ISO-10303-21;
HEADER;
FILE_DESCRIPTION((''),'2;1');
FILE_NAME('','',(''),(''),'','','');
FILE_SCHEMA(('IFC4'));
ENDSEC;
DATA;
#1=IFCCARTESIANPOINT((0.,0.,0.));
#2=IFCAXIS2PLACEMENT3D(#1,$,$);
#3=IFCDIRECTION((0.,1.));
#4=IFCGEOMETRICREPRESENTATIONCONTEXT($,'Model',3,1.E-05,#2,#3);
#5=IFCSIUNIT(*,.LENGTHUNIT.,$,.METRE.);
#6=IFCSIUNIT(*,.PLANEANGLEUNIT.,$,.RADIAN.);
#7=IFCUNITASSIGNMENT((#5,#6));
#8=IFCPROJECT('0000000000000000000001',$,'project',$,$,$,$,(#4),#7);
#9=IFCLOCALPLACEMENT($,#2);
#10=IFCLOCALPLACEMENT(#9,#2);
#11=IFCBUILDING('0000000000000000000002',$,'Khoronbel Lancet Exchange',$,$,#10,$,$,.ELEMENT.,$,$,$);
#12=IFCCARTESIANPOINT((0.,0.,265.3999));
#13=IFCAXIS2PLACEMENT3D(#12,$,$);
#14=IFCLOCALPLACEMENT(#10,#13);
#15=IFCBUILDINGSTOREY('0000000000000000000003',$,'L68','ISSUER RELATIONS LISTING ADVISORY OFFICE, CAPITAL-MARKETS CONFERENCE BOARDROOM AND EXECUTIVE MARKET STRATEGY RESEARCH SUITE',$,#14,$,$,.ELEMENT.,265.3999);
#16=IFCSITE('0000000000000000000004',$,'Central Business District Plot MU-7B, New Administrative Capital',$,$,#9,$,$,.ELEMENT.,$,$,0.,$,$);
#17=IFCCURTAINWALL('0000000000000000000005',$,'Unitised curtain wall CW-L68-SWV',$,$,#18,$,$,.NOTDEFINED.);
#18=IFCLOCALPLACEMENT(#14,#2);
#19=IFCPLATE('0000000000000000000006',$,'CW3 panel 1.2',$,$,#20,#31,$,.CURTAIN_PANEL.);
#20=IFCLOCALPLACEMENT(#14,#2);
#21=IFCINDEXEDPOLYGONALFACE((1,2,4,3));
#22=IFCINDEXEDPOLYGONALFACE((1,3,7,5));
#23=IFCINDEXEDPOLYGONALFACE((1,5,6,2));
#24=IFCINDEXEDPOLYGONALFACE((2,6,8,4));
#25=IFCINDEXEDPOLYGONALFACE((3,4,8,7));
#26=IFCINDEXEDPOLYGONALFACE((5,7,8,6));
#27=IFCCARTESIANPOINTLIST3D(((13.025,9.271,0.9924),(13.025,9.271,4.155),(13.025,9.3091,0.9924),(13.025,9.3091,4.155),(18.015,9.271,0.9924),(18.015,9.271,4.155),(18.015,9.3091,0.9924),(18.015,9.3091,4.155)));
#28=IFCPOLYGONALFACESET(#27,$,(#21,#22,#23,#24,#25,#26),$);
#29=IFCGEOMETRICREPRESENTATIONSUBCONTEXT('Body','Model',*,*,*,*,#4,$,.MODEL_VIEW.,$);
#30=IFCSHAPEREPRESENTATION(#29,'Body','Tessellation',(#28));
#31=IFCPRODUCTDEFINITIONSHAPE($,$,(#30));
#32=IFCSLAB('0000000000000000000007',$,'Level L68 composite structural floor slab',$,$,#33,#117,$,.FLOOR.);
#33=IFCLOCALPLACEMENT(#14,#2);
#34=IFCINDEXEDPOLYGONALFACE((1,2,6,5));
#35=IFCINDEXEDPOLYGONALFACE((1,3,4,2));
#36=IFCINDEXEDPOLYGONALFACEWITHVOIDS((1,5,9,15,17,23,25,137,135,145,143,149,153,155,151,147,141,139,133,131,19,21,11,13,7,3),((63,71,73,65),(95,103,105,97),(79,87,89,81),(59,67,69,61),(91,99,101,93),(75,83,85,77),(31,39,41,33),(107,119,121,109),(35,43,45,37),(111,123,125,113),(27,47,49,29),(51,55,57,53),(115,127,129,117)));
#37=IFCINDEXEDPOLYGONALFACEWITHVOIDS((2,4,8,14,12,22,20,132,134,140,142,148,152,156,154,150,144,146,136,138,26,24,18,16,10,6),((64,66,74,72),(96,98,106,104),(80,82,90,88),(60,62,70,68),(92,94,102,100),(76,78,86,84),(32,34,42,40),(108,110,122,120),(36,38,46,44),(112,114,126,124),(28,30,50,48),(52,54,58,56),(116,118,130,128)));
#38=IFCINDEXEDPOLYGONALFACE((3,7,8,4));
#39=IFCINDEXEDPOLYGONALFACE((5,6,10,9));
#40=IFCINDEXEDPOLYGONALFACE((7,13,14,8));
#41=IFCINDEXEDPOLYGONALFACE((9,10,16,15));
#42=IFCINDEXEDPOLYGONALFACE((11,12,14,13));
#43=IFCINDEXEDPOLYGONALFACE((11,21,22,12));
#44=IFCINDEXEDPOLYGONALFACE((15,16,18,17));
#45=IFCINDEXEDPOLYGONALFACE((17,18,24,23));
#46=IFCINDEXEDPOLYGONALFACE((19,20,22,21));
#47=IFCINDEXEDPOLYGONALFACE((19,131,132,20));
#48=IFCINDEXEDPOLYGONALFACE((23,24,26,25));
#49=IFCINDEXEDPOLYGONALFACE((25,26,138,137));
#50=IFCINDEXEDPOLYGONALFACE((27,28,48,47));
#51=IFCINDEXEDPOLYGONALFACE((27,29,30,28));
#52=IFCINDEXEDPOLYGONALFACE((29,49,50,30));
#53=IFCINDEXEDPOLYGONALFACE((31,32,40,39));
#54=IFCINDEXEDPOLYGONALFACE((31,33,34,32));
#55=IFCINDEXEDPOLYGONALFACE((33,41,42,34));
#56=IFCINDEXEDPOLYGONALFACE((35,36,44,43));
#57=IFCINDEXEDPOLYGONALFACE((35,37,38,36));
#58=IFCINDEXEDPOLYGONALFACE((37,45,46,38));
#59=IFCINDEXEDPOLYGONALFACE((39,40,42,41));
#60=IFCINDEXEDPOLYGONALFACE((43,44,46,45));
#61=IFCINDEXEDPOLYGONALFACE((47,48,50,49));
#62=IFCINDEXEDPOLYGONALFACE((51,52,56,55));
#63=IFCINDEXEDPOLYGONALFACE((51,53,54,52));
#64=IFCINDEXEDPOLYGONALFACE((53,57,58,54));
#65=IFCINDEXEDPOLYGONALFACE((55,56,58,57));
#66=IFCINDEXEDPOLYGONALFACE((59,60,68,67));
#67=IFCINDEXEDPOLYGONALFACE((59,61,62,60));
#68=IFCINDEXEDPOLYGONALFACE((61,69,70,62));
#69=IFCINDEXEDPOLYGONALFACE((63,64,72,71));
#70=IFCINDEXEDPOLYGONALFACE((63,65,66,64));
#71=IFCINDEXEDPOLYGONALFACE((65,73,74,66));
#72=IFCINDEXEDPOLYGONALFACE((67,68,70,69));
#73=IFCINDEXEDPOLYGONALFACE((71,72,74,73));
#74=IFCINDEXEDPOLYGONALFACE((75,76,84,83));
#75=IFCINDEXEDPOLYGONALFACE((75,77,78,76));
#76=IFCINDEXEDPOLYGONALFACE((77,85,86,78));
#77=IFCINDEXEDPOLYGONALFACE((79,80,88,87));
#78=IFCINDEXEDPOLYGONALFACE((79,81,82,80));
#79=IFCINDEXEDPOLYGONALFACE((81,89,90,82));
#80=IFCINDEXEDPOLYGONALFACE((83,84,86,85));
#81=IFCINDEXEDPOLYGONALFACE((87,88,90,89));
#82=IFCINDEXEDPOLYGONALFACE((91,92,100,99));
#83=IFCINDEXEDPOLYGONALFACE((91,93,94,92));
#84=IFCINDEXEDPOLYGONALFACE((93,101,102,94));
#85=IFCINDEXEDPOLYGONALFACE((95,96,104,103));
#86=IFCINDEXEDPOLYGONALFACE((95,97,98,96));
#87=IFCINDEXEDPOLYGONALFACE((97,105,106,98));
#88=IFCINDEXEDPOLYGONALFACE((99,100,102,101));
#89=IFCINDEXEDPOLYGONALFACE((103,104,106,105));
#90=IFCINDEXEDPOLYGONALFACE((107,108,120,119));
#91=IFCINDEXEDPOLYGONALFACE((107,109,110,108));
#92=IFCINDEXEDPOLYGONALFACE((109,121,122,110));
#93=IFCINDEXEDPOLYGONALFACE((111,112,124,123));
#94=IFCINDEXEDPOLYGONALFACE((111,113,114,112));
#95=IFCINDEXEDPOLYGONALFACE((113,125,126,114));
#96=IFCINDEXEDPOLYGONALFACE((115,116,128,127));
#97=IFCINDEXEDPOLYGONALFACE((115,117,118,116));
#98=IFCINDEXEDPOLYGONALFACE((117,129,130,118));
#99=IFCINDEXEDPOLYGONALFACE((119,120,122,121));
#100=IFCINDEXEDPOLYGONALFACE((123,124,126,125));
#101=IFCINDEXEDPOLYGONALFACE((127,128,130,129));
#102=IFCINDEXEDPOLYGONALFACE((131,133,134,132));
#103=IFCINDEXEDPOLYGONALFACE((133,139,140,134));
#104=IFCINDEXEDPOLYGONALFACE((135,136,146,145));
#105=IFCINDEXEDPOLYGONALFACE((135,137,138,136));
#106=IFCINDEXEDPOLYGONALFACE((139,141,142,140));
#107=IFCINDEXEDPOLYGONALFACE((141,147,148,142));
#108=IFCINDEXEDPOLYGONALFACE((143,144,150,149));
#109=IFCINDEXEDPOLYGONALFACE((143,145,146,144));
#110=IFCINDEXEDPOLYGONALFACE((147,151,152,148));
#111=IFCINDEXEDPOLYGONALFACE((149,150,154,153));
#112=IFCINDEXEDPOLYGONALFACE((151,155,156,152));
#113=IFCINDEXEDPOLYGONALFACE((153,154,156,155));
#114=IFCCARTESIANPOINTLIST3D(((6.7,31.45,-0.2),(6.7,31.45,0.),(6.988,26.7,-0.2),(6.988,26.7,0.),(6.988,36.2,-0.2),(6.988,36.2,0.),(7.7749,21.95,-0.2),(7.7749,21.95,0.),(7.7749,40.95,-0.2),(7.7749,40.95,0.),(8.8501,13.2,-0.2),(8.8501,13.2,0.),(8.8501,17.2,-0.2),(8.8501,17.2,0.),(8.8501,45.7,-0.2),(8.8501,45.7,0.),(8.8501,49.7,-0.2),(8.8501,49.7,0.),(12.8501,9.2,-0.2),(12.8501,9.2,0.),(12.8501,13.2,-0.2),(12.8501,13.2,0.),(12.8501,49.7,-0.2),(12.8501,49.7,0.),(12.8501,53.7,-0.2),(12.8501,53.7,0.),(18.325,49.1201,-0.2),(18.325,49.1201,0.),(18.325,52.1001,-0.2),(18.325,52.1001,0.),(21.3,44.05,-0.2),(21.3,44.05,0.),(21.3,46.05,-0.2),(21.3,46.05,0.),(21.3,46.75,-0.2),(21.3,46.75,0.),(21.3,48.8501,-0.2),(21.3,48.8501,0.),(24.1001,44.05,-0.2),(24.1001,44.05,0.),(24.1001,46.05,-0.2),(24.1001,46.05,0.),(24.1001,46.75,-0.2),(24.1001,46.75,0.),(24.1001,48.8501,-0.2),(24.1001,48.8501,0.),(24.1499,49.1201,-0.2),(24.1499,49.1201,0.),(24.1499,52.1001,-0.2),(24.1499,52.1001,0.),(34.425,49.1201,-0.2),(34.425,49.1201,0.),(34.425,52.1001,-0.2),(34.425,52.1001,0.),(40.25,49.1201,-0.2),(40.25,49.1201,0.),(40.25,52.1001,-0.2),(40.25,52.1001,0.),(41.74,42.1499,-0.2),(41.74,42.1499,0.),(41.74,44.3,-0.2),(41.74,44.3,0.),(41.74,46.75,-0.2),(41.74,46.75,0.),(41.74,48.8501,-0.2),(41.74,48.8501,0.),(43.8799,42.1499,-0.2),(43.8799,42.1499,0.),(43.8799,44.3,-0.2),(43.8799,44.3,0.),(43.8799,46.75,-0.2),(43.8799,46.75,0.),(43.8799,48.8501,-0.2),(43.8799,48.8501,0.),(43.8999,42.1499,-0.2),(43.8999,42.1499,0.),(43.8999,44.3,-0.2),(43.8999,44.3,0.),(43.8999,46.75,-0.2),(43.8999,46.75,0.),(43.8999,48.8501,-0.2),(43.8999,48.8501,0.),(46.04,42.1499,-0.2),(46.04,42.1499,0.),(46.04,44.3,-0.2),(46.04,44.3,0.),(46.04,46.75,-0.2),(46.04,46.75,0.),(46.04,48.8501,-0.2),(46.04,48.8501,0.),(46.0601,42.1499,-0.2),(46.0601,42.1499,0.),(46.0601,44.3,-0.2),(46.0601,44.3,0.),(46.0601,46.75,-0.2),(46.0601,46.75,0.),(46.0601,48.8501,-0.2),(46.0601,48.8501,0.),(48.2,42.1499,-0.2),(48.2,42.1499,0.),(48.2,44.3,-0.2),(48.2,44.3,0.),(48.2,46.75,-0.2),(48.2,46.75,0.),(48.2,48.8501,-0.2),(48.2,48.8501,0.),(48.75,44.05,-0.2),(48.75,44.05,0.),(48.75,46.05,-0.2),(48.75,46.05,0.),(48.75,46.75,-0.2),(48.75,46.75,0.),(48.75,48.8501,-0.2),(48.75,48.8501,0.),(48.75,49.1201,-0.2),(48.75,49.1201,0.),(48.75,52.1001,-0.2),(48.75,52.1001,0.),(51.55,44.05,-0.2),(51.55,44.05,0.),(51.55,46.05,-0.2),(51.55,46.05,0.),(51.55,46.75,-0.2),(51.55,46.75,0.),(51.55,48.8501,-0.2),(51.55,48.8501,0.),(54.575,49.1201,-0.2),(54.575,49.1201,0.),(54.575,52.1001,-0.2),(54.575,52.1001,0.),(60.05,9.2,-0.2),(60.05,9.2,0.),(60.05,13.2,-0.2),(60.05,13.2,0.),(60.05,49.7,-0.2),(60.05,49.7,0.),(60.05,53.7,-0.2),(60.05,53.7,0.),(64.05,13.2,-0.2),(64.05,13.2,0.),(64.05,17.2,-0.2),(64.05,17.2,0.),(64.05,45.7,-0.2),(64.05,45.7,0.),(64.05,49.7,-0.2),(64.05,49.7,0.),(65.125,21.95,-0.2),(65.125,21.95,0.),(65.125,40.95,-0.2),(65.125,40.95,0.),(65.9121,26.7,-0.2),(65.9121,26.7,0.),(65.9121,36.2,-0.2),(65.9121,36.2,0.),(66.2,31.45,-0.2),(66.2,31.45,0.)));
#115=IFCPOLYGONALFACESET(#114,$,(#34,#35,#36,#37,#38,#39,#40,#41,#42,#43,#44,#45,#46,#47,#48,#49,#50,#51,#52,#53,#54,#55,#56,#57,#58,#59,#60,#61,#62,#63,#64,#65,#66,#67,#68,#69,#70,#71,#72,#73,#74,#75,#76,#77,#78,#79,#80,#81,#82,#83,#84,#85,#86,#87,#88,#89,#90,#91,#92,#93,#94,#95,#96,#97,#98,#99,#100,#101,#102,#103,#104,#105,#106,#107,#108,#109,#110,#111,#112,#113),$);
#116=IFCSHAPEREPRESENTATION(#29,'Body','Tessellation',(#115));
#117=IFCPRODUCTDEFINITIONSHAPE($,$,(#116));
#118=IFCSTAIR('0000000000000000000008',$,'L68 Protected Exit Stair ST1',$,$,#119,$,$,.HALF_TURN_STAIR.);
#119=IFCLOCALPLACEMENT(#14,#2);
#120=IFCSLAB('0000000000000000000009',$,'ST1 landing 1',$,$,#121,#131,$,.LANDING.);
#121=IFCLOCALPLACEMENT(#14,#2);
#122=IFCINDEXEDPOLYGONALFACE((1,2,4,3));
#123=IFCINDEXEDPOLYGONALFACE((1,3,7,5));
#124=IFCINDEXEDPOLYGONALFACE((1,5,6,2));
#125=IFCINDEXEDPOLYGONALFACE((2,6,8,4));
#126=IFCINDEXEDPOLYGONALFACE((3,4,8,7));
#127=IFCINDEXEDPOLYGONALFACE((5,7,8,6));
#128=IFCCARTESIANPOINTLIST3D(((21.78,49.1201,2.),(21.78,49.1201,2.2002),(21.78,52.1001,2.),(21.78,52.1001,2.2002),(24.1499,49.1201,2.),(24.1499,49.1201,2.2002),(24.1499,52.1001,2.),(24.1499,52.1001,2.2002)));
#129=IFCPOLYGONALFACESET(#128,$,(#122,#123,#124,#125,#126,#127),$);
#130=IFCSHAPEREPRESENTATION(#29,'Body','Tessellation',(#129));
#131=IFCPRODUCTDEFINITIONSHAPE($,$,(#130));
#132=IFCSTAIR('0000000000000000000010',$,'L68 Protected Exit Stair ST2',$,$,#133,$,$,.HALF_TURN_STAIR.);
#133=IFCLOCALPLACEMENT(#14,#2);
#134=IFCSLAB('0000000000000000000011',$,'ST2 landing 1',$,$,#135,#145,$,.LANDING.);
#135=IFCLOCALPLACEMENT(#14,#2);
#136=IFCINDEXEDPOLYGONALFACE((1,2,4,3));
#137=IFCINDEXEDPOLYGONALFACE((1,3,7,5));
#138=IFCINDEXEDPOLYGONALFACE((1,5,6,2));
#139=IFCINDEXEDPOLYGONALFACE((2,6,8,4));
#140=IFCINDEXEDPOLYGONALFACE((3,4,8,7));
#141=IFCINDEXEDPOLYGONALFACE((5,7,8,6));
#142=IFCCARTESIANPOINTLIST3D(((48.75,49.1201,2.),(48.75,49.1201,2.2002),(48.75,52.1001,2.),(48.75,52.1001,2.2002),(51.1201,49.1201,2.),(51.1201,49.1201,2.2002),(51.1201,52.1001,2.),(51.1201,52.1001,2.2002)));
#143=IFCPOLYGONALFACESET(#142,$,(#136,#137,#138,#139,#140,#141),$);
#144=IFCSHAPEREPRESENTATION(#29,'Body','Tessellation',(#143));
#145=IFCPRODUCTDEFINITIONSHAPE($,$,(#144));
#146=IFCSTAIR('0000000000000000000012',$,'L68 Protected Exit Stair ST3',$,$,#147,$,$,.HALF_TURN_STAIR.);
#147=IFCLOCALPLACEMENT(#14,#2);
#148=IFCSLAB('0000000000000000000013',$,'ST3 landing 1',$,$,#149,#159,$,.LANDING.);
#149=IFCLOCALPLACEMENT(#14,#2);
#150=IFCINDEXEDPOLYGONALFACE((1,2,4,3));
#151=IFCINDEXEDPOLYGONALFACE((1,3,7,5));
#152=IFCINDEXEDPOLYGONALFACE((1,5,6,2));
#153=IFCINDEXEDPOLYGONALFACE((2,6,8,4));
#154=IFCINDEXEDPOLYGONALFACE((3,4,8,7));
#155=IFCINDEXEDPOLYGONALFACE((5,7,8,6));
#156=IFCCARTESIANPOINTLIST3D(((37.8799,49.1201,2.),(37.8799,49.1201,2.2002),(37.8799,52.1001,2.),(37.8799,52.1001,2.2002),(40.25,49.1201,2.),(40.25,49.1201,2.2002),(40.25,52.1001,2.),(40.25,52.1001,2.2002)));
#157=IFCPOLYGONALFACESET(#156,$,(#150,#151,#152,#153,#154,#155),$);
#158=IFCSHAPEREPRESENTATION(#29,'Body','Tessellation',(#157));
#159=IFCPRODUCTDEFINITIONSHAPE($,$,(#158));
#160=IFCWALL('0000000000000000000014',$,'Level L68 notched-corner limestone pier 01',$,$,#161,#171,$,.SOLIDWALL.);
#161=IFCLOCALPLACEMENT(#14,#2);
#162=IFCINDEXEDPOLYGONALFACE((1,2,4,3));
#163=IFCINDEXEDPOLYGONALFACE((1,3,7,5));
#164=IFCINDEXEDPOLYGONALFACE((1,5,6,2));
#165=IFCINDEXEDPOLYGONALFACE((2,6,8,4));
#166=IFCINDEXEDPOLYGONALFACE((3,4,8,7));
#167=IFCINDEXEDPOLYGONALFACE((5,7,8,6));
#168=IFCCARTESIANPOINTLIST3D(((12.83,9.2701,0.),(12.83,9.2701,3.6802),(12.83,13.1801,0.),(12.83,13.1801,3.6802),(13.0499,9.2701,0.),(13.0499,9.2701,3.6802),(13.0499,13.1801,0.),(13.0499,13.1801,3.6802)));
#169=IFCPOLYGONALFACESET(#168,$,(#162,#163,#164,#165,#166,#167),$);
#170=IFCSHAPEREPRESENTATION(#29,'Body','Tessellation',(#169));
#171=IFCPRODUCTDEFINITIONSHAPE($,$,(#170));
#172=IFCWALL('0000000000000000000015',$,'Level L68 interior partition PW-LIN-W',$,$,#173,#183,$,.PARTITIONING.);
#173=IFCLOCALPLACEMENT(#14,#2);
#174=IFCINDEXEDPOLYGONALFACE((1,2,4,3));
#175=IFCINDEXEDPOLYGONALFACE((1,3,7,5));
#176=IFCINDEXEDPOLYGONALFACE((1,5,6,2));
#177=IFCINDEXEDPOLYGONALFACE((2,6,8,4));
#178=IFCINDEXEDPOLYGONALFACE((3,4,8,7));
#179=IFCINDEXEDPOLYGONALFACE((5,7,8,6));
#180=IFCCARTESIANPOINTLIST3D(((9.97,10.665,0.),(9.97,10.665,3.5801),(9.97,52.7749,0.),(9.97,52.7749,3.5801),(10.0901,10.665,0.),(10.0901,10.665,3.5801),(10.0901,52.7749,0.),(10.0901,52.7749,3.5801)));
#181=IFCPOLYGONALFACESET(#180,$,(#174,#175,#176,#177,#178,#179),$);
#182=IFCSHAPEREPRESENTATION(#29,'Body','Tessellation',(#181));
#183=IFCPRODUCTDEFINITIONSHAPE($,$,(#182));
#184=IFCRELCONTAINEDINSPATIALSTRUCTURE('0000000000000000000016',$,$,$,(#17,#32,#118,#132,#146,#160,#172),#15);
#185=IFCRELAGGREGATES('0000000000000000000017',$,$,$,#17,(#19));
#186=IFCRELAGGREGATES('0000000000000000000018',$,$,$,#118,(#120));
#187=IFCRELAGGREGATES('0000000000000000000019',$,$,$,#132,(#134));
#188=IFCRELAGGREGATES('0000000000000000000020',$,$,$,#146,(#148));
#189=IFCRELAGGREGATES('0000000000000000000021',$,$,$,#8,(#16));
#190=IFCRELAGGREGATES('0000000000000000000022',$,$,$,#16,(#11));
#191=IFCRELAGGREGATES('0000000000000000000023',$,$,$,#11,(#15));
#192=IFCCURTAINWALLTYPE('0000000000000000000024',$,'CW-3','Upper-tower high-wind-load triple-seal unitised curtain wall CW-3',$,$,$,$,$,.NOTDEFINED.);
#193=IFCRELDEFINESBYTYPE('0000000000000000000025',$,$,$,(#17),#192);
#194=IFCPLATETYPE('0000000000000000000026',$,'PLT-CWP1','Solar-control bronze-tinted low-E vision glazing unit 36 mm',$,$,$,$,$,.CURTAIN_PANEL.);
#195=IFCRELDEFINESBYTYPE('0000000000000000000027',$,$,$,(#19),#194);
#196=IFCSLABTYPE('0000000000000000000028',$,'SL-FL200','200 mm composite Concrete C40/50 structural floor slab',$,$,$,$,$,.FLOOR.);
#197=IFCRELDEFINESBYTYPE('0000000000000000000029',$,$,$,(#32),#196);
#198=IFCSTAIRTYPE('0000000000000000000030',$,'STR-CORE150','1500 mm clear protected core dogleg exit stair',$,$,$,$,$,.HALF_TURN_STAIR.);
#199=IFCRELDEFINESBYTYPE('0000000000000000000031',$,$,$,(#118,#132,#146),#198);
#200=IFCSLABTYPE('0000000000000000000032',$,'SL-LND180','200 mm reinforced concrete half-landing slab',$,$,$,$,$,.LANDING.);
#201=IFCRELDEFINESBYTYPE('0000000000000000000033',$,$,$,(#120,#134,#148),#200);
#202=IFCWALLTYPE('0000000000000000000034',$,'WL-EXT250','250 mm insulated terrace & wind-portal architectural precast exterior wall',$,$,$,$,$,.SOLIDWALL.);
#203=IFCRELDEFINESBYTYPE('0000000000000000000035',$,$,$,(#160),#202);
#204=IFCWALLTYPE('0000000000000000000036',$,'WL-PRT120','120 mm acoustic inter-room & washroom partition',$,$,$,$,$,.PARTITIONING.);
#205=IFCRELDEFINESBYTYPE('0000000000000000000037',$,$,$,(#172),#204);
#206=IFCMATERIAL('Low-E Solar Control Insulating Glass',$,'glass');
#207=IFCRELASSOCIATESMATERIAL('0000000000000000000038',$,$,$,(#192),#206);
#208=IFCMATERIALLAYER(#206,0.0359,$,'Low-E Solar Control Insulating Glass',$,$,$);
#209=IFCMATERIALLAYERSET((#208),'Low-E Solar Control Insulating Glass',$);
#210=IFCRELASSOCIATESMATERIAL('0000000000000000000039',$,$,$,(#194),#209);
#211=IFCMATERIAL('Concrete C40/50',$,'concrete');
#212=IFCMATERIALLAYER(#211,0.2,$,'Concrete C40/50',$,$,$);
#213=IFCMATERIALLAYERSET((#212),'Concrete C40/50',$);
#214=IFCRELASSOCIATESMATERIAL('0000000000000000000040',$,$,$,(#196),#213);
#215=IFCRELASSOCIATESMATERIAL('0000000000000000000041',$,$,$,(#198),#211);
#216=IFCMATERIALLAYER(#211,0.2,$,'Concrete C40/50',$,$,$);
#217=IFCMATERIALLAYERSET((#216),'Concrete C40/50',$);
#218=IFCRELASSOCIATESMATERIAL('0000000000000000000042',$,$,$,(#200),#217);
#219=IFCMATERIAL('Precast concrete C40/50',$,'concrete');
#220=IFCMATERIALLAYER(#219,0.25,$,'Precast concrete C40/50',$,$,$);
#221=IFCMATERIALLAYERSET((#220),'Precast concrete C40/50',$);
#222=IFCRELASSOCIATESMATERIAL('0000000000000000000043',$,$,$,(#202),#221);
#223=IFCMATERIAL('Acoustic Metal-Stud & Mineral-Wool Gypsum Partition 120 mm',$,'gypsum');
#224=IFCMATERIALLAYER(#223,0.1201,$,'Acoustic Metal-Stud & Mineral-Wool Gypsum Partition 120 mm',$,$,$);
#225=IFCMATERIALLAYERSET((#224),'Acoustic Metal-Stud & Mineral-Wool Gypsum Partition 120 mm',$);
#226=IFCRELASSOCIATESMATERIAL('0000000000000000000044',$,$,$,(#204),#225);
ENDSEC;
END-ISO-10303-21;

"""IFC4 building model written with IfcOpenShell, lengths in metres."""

from ifc_helpers import new_model, si_unit, direction, frame, frame_2d, origin, origin_2d, place, context, subcontext, project, spatial, polyline, rectangle, outline, extrude, material, layer, layer_set, type_object, element, aggregate, save


model = new_model("IFC4")

# Units and contexts
model_context = context("Model", 3, precision=1e-05, world=origin(), true_north=direction((0.0, 1.0)))
body_context = subcontext(model_context, "Body", "Model", "MODEL_VIEW")
ifc_project = project(units=[si_unit("LENGTHUNIT", "METRE"), si_unit("PLANEANGLEUNIT", "RADIAN")], contexts=[model_context])

# Site, building, storey
site_placement = place(None, origin())
site = spatial("IfcSite", under=ifc_project, at=site_placement, Name="Central Business District Plot MU-7B, New Administrative Capital", CompositionType="ELEMENT", RefElevation=0.0)
building_placement = place(site_placement, origin())
building = spatial("IfcBuilding", under=site, at=building_placement, Name="Khoronbel Lancet Exchange", CompositionType="ELEMENT")
storey_placement = place(building_placement, frame((0.0, 0.0, 265.3999)))
storey = spatial("IfcBuildingStorey", under=building, at=storey_placement, Name="L68", Description="ISSUER RELATIONS LISTING ADVISORY OFFICE, CAPITAL-MARKETS CONFERENCE BOARDROOM AND EXECUTIVE MARKET STRATEGY RESEARCH SUITE", CompositionType="ELEMENT", Elevation=265.3999)

# Curtain wall
ifc_material_1 = material(Name="Low-E Solar Control Insulating Glass", Category="glass")
curtain_wall_type = type_object("IfcCurtainWallType", Name="CW-3", Description="Upper-tower high-wind-load triple-seal unitised curtain wall CW-3", PredefinedType="NOTDEFINED", material=ifc_material_1)
curtain_wall_1_placement = place(storey_placement, origin())
curtain_wall_1 = element("IfcCurtainWall", 1, at=curtain_wall_1_placement, inside=storey, type_object=curtain_wall_type, Name="Unitised curtain wall CW-L68-SWV", PredefinedType="NOTDEFINED")

# Plate
ifc_layer_1 = layer(ifc_material_1, 0.0359, Name="Low-E Solar Control Insulating Glass")
ifc_layer_set_1 = layer_set([ifc_layer_1], Name="Low-E Solar Control Insulating Glass")
plate_type = type_object("IfcPlateType", Name="PLT-CWP1", Description="Solar-control bronze-tinted low-E vision glazing unit 36 mm", PredefinedType="CURTAIN_PANEL", material=ifc_layer_set_1)
plate_1_placement = place(storey_placement, frame((15.52, 9.29, 0.9924), z_axis=(0.0, 0.0, 1.0), x_axis=(1.0, 0.0, 0.0)))
plate_1 = element("IfcPlate", 2, at=plate_1_placement, type_object=plate_type, Name="CW3 panel 1.2", PredefinedType="CURTAIN_PANEL", context=body_context, shape_type="SweptSolid", body=[
    extrude(rectangle(XDim=4.99, YDim=0.0381, at=origin_2d()), origin(), (0.0, 0.0, 1.0), 3.1626),
])
aggregate(curtain_wall_1, [plate_1])

# Slab
ifc_material_2 = material(Name="Concrete C40/50", Category="concrete")
ifc_layer_2 = layer(ifc_material_2, 0.2, Name="Concrete C40/50")
ifc_layer_set_2 = layer_set([ifc_layer_2], Name="Concrete C40/50")
slab_type_1 = type_object("IfcSlabType", Name="SL-FL200", Description="200 mm composite Concrete C40/50 structural floor slab", PredefinedType="FLOOR", material=ifc_layer_set_2)
slab_1_placement = place(storey_placement, frame((0.0, 0.0, -0.2)))
element("IfcSlab", 3, at=slab_1_placement, inside=storey, type_object=slab_type_1, Name="Level L68 composite structural floor slab", PredefinedType="FLOOR", context=body_context, shape_type="SweptSolid", body=[
    extrude(outline(polyline([(12.8501, 9.2), (60.05, 9.2), (60.05, 13.2), (64.05, 13.2), (64.05, 17.2), (65.125, 21.95), (65.9121, 26.7), (66.2, 31.45), (65.9121, 36.2), (65.125, 40.95), (64.05, 45.7), (64.05, 49.7), (60.05, 49.7), (60.05, 53.7), (12.8501, 53.7), (12.8501, 49.7), (8.8501, 49.7), (8.8501, 45.7), (7.7749, 40.95), (6.988, 36.2), (6.7, 31.45), (6.988, 26.7), (7.7749, 21.95), (8.8501, 17.2), (8.8501, 13.2), (12.8501, 13.2), (12.8501, 9.2)]), holes=[polyline([(18.325, 49.1201), (24.1499, 49.1201), (24.1499, 52.1001), (18.325, 52.1001), (18.325, 49.1201)]), polyline([(48.75, 49.1201), (54.575, 49.1201), (54.575, 52.1001), (48.75, 52.1001), (48.75, 49.1201)]), polyline([(34.425, 49.1201), (40.25, 49.1201), (40.25, 52.1001), (34.425, 52.1001), (34.425, 49.1201)]), polyline([(41.74, 46.75), (43.8799, 46.75), (43.8799, 48.8501), (41.74, 48.8501), (41.74, 46.75)]), polyline([(43.8999, 46.75), (46.04, 46.75), (46.04, 48.8501), (43.8999, 48.8501), (43.8999, 46.75)]), polyline([(46.0601, 46.75), (48.2, 46.75), (48.2, 48.8501), (46.0601, 48.8501), (46.0601, 46.75)]), polyline([(41.74, 42.1499), (43.8799, 42.1499), (43.8799, 44.3), (41.74, 44.3), (41.74, 42.1499)]), polyline([(43.8999, 42.1499), (46.04, 42.1499), (46.04, 44.3), (43.8999, 44.3), (43.8999, 42.1499)]), polyline([(46.0601, 42.1499), (48.2, 42.1499), (48.2, 44.3), (46.0601, 44.3), (46.0601, 42.1499)]), polyline([(21.3, 46.75), (24.1001, 46.75), (24.1001, 48.8501), (21.3, 48.8501), (21.3, 46.75)]), polyline([(48.75, 46.75), (51.55, 46.75), (51.55, 48.8501), (48.75, 48.8501), (48.75, 46.75)]), polyline([(21.3, 44.05), (24.1001, 44.05), (24.1001, 46.05), (21.3, 46.05), (21.3, 44.05)]), polyline([(48.75, 44.05), (51.55, 44.05), (51.55, 46.05), (48.75, 46.05), (48.75, 44.05)])]), origin(), (0.0, 0.0, 1.0), 0.2),
])

# Stairs, slabs
stair_type = type_object("IfcStairType", Name="STR-CORE150", Description="1500 mm clear protected core dogleg exit stair", PredefinedType="HALF_TURN_STAIR", material=ifc_material_2)
stair_1_placement = place(storey_placement, origin())
stair_1 = element("IfcStair", 4, at=stair_1_placement, inside=storey, type_object=stair_type, Name="L68 Protected Exit Stair ST1", PredefinedType="HALF_TURN_STAIR")
ifc_layer_3 = layer(ifc_material_2, 0.2, Name="Concrete C40/50")
ifc_layer_set_3 = layer_set([ifc_layer_3], Name="Concrete C40/50")
slab_type_2 = type_object("IfcSlabType", Name="SL-LND180", Description="200 mm reinforced concrete half-landing slab", PredefinedType="LANDING", material=ifc_layer_set_3)
slab_2_placement = place(storey_placement, frame((0.0, 0.0, 2.0)))
slab_2 = element("IfcSlab", 5, at=slab_2_placement, type_object=slab_type_2, Name="ST1 landing 1", PredefinedType="LANDING", context=body_context, shape_type="SweptSolid", body=[
    extrude(outline(polyline([(21.78, 49.1201), (24.1499, 49.1201), (24.1499, 52.1001), (21.78, 52.1001), (21.78, 49.1201)])), origin(), (0.0, 0.0, 1.0), 0.2002),
])
aggregate(stair_1, [slab_2])
stair_2_placement = place(storey_placement, origin())
stair_2 = element("IfcStair", 6, at=stair_2_placement, inside=storey, type_object=stair_type, Name="L68 Protected Exit Stair ST2", PredefinedType="HALF_TURN_STAIR")
slab_3_placement = place(storey_placement, frame((0.0, 0.0, 2.0)))
slab_3 = element("IfcSlab", 7, at=slab_3_placement, type_object=slab_type_2, Name="ST2 landing 1", PredefinedType="LANDING", context=body_context, shape_type="SweptSolid", body=[
    extrude(outline(polyline([(51.1201, 52.1001), (48.75, 52.1001), (48.75, 49.1201), (51.1201, 49.1201), (51.1201, 52.1001)])), origin(), (0.0, 0.0, 1.0), 0.2002),
])
aggregate(stair_2, [slab_3])
stair_3_placement = place(storey_placement, origin())
stair_3 = element("IfcStair", 8, at=stair_3_placement, inside=storey, type_object=stair_type, Name="L68 Protected Exit Stair ST3", PredefinedType="HALF_TURN_STAIR")
slab_4_placement = place(storey_placement, frame((0.0, 0.0, 2.0)))
slab_4 = element("IfcSlab", 9, at=slab_4_placement, type_object=slab_type_2, Name="ST3 landing 1", PredefinedType="LANDING", context=body_context, shape_type="SweptSolid", body=[
    extrude(outline(polyline([(37.8799, 49.1201), (40.25, 49.1201), (40.25, 52.1001), (37.8799, 52.1001), (37.8799, 49.1201)])), origin(), (0.0, 0.0, 1.0), 0.2002),
])
aggregate(stair_3, [slab_4])

# Walls
ifc_material_3 = material(Name="Precast concrete C40/50", Category="concrete")
ifc_layer_4 = layer(ifc_material_3, 0.25, Name="Precast concrete C40/50")
ifc_layer_set_4 = layer_set([ifc_layer_4], Name="Precast concrete C40/50")
wall_type_1 = type_object("IfcWallType", Name="WL-EXT250", Description="250 mm insulated terrace & wind-portal architectural precast exterior wall", PredefinedType="SOLIDWALL", material=ifc_layer_set_4)
wall_1_placement = place(storey_placement, frame((12.9399, 9.27, 0.0), z_axis=(0.0, 0.0, 1.0), x_axis=(0.0, 1.0, 0.0)))
element("IfcWall", 10, at=wall_1_placement, inside=storey, type_object=wall_type_1, Name="Level L68 notched-corner limestone pier 01", PredefinedType="SOLIDWALL", context=body_context, shape_type="SweptSolid", body=[
    extrude(rectangle(XDim=3.9099, YDim=0.22, at=frame_2d((1.9551, 0.0))), origin(), (0.0, 0.0, 1.0), 3.6802),
])
ifc_material_4 = material(Name="Acoustic Metal-Stud & Mineral-Wool Gypsum Partition 120 mm", Category="gypsum")
ifc_layer_5 = layer(ifc_material_4, 0.1201, Name="Acoustic Metal-Stud & Mineral-Wool Gypsum Partition 120 mm")
ifc_layer_set_5 = layer_set([ifc_layer_5], Name="Acoustic Metal-Stud & Mineral-Wool Gypsum Partition 120 mm")
wall_type_2 = type_object("IfcWallType", Name="WL-PRT120", Description="120 mm acoustic inter-room & washroom partition", PredefinedType="PARTITIONING", material=ifc_layer_set_5)
wall_2_placement = place(storey_placement, frame((10.03, 10.665, 0.0), z_axis=(0.0, 0.0, 1.0), x_axis=(0.0, 1.0, 0.0)))
element("IfcWall", 11, at=wall_2_placement, inside=storey, type_object=wall_type_2, Name="Level L68 interior partition PW-LIN-W", PredefinedType="PARTITIONING", context=body_context, shape_type="SweptSolid", body=[
    extrude(rectangle(XDim=42.1099, YDim=0.1201, at=frame_2d((21.0549, 0.0))), origin(), (0.0, 0.0, 1.0), 3.5801),
])

save(model, "model.ifc")
